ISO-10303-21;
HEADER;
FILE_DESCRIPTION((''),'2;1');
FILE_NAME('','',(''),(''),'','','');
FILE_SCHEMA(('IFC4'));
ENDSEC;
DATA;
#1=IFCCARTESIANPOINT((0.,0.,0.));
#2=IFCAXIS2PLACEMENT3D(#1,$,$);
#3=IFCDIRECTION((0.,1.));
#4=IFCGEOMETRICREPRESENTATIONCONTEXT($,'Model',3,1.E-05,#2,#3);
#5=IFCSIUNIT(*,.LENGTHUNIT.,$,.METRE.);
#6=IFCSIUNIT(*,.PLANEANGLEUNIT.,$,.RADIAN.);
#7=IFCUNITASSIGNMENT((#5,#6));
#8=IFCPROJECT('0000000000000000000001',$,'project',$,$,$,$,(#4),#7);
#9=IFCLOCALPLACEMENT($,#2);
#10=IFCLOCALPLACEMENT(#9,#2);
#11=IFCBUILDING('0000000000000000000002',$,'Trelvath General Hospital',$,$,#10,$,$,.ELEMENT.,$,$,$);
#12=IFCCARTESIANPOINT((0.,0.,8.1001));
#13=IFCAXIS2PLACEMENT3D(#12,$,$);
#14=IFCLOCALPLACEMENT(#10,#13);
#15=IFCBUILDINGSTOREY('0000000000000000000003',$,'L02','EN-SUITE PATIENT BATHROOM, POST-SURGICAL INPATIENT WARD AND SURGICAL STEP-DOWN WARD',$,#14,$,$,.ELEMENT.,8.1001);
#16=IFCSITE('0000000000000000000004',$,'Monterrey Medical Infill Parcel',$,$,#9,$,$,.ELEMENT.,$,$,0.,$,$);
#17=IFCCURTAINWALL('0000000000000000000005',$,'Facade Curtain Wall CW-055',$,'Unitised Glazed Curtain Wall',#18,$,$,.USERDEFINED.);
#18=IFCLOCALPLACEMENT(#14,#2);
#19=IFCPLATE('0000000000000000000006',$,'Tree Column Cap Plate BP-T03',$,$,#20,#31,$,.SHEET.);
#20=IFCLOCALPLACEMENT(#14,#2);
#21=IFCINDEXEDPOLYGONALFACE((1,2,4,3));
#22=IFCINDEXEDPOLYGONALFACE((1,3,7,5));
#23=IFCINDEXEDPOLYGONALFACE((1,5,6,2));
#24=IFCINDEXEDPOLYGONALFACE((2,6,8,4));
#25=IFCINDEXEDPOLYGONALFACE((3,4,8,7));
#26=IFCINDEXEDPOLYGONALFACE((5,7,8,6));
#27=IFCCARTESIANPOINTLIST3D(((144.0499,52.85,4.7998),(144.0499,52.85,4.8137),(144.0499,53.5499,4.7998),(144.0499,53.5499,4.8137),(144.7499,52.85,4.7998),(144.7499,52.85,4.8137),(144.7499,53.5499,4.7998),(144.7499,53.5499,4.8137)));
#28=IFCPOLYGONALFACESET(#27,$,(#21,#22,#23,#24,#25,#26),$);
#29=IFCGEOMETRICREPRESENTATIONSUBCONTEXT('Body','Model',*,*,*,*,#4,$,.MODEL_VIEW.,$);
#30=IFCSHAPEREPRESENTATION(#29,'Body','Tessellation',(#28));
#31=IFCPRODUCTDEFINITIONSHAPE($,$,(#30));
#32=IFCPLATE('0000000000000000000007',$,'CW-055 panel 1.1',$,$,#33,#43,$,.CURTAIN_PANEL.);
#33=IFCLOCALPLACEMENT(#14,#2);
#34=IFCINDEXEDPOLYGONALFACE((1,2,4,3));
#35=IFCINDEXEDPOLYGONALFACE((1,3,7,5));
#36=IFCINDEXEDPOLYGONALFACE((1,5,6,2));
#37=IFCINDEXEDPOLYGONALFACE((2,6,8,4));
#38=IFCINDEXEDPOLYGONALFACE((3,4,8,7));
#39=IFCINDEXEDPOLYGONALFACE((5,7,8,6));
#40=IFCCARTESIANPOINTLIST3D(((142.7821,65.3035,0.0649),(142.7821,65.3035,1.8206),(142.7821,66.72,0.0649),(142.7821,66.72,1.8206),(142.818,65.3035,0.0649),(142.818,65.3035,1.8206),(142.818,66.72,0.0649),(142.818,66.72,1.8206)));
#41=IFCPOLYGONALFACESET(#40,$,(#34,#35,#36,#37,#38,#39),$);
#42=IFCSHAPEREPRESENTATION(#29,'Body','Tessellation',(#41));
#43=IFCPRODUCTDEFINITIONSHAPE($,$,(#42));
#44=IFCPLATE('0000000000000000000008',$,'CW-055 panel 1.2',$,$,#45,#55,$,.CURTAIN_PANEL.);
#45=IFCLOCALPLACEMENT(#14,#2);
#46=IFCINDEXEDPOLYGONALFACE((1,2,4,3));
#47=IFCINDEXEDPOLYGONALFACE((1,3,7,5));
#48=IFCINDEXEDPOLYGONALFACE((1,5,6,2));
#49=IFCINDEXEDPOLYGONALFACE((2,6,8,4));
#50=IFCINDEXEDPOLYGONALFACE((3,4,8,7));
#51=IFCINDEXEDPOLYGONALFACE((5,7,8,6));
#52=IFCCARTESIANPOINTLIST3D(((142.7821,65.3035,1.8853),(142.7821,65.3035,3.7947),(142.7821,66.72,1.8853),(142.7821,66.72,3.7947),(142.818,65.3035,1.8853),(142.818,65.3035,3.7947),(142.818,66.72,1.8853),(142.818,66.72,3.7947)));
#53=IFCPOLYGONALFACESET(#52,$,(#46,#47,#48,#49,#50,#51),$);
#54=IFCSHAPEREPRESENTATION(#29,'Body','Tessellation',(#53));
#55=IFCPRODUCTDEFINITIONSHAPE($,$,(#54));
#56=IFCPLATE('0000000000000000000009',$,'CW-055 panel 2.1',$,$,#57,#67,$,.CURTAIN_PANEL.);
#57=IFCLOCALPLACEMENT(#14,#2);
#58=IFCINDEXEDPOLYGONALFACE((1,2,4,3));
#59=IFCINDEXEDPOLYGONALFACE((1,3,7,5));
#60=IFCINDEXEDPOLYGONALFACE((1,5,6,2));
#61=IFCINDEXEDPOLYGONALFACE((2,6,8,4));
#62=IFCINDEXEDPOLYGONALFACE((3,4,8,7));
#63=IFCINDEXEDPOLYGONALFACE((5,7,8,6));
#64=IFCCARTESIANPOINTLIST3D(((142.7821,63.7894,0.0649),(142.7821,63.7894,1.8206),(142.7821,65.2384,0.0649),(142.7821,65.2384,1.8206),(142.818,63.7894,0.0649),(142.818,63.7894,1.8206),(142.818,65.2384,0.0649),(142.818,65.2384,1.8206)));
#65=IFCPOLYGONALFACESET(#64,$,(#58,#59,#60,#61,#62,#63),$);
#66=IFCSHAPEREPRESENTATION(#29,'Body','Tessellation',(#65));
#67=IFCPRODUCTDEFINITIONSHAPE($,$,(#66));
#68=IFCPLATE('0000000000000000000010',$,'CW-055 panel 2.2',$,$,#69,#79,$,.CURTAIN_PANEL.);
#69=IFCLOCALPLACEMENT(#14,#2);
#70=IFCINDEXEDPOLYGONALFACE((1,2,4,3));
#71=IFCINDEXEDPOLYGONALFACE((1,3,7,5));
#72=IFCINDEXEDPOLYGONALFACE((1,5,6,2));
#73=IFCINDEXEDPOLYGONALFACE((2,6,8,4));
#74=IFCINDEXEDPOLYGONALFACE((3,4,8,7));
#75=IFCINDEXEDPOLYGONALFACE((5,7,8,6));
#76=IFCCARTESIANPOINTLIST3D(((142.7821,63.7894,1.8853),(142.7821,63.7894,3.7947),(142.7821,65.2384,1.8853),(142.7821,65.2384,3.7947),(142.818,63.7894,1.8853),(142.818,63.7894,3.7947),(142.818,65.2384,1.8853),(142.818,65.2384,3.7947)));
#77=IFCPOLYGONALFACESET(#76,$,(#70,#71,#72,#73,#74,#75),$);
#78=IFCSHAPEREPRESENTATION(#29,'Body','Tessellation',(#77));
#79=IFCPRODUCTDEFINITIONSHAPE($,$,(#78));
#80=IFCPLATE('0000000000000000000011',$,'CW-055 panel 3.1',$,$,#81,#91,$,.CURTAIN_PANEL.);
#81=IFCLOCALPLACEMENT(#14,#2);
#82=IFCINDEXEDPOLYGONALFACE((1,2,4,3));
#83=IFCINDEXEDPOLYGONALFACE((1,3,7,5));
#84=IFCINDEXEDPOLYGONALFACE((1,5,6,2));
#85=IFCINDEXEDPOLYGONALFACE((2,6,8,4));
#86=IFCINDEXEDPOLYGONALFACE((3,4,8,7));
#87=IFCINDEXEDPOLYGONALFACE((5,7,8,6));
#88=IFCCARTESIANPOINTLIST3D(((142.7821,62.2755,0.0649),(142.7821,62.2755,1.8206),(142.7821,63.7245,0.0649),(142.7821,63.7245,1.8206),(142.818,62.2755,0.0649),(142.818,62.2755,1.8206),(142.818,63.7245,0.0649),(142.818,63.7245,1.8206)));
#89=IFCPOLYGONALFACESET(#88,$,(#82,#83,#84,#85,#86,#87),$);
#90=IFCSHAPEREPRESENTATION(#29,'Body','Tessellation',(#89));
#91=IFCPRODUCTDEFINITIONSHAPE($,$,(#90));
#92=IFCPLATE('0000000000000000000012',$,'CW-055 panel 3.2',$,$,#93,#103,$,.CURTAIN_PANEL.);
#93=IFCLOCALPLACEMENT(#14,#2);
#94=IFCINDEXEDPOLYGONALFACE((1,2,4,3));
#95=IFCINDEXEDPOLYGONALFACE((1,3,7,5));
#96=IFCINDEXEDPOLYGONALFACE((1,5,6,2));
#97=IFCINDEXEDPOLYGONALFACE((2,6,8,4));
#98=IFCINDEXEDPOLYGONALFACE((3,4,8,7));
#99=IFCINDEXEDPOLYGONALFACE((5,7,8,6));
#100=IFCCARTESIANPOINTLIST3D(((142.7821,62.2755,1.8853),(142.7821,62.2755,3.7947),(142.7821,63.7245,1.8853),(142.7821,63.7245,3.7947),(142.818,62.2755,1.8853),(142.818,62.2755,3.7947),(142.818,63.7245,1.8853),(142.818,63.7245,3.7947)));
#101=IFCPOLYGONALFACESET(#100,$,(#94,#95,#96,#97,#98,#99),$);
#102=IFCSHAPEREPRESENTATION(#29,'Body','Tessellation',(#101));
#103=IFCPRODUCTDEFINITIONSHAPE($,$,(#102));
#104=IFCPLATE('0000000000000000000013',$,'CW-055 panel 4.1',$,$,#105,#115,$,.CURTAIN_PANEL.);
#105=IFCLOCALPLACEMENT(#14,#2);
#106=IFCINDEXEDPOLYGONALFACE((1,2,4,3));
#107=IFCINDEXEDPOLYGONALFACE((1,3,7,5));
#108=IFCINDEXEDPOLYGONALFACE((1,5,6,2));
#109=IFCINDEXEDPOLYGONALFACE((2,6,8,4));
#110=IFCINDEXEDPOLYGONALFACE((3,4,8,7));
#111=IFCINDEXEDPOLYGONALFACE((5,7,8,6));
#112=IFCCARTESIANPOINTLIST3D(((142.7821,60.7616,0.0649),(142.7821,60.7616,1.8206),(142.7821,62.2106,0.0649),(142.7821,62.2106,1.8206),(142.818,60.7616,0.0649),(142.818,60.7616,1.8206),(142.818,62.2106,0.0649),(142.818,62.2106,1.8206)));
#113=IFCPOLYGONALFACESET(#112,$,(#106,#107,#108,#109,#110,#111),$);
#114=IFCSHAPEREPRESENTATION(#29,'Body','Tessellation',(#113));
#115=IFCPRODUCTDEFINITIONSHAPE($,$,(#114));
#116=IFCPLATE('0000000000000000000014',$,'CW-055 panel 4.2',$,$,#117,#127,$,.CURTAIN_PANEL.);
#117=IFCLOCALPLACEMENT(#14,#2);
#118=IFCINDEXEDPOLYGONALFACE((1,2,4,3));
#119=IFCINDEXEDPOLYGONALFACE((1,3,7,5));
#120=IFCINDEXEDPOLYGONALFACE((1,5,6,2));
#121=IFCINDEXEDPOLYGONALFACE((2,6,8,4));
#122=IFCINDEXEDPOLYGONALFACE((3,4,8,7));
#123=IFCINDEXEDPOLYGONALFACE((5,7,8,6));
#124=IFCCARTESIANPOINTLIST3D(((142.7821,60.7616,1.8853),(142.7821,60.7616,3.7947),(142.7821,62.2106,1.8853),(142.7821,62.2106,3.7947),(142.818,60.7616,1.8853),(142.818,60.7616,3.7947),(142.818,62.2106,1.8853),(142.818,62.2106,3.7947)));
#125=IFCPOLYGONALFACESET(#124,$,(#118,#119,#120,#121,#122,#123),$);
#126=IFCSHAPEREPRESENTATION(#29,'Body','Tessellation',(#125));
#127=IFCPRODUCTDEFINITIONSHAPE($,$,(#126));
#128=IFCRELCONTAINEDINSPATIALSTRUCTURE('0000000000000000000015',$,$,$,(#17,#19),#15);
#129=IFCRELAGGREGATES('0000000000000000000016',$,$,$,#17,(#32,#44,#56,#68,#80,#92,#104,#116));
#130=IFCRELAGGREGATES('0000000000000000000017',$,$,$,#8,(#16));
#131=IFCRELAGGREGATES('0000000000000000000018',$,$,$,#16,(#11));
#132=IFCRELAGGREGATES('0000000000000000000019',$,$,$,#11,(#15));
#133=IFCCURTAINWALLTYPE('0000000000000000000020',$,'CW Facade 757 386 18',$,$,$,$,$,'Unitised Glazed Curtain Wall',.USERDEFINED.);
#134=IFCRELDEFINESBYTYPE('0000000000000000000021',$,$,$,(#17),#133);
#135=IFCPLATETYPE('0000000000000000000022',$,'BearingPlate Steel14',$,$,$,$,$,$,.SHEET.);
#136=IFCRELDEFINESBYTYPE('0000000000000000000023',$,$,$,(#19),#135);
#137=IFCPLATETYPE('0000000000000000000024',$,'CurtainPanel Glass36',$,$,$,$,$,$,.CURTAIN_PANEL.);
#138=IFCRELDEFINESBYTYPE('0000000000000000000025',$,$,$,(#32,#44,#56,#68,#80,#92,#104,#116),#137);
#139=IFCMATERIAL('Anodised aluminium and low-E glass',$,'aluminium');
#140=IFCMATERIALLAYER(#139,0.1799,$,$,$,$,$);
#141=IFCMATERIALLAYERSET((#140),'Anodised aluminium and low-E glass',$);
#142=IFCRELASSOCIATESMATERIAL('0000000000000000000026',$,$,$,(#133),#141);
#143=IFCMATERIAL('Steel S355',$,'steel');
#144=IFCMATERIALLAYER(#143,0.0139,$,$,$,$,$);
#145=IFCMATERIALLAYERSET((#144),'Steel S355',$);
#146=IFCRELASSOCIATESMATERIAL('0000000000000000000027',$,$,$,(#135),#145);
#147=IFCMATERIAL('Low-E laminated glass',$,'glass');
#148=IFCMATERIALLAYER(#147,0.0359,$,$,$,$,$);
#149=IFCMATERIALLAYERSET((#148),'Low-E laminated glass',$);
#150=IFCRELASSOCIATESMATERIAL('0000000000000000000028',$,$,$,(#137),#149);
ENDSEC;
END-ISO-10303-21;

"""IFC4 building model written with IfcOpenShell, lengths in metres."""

from ifc_helpers import new_model, si_unit, direction, frame, origin, origin_2d, place, context, subcontext, project, spatial, rectangle, extrude, material, layer, layer_set, type_object, element, aggregate, save


model = new_model("IFC4")

# Units and contexts
model_context = context("Model", 3, precision=1e-05, world=origin(), true_north=direction((0.0, 1.0)))
body_context = subcontext(model_context, "Body", "Model", "MODEL_VIEW")
ifc_project = project(units=[si_unit("LENGTHUNIT", "METRE"), si_unit("PLANEANGLEUNIT", "RADIAN")], contexts=[model_context])

# Site, building, storey
site_placement = place(None, origin())
site = spatial("IfcSite", under=ifc_project, at=site_placement, Name="Monterrey Medical Infill Parcel", CompositionType="ELEMENT", RefElevation=0.0)
building_placement = place(site_placement, origin())
building = spatial("IfcBuilding", under=site, at=building_placement, Name="Trelvath General Hospital", CompositionType="ELEMENT")
storey_placement = place(building_placement, frame((0.0, 0.0, 8.1001)))
storey = spatial("IfcBuildingStorey", under=building, at=storey_placement, Name="L02", Description="EN-SUITE PATIENT BATHROOM, POST-SURGICAL INPATIENT WARD AND SURGICAL STEP-DOWN WARD", CompositionType="ELEMENT", Elevation=8.1001)

# Curtain wall
ifc_material_1 = material(Name="Anodised aluminium and low-E glass", Category="aluminium")
ifc_layer_1 = layer(ifc_material_1, 0.1799)
ifc_layer_set_1 = layer_set([ifc_layer_1], Name="Anodised aluminium and low-E glass")
curtain_wall_type = type_object("IfcCurtainWallType", Name="CW Facade 757 386 18", ElementType="Unitised Glazed Curtain Wall", PredefinedType="USERDEFINED", material=ifc_layer_set_1)
curtain_wall_placement = place(storey_placement, origin())
curtain_wall = element("IfcCurtainWall", 1, at=curtain_wall_placement, inside=storey, type_object=curtain_wall_type, Name="Facade Curtain Wall CW-055", ObjectType="Unitised Glazed Curtain Wall", PredefinedType="USERDEFINED")

# Plates
ifc_material_2 = material(Name="Steel S355", Category="steel")
ifc_layer_2 = layer(ifc_material_2, 0.0139)
ifc_layer_set_2 = layer_set([ifc_layer_2], Name="Steel S355")
plate_type_1 = type_object("IfcPlateType", Name="BearingPlate Steel14", PredefinedType="SHEET", material=ifc_layer_set_2)
plate_1_placement = place(storey_placement, frame((144.3999, 53.2, 4.7998), z_axis=(0.0, 0.0, 1.0), x_axis=(1.0, 0.0, 0.0)))
element("IfcPlate", 2, at=plate_1_placement, inside=storey, type_object=plate_type_1, Name="Tree Column Cap Plate BP-T03", PredefinedType="SHEET", context=body_context, shape_type="SweptSolid", body=[
    extrude(rectangle(XDim=0.7, YDim=0.7, at=origin_2d()), origin(), (0.0, 0.0, 1.0), 0.0139),
])
ifc_material_3 = material(Name="Low-E laminated glass", Category="glass")
ifc_layer_3 = layer(ifc_material_3, 0.0359)
ifc_layer_set_3 = layer_set([ifc_layer_3], Name="Low-E laminated glass")
plate_type_2 = type_object("IfcPlateType", Name="CurtainPanel Glass36", PredefinedType="CURTAIN_PANEL", material=ifc_layer_set_3)
plate_2_placement = place(storey_placement, frame((142.8, 66.0117, 0.0649), z_axis=(0.0, 0.0, 1.0), x_axis=(0.0, -1.0, 0.0)))
plate_2 = element("IfcPlate", 3, at=plate_2_placement, type_object=plate_type_2, Name="CW-055 panel 1.1", PredefinedType="CURTAIN_PANEL", context=body_context, shape_type="SweptSolid", body=[
    extrude(rectangle(XDim=1.4165, YDim=0.0359, at=origin_2d()), origin(), (0.0, 0.0, 1.0), 1.7556),
])
plate_3_placement = place(storey_placement, frame((142.8, 66.0117, 1.8853), z_axis=(0.0, 0.0, 1.0), x_axis=(0.0, -1.0, 0.0)))
plate_3 = element("IfcPlate", 4, at=plate_3_placement, type_object=plate_type_2, Name="CW-055 panel 1.2", PredefinedType="CURTAIN_PANEL", context=body_context, shape_type="SweptSolid", body=[
    extrude(rectangle(XDim=1.4165, YDim=0.0359, at=origin_2d()), origin(), (0.0, 0.0, 1.0), 1.9094),
])
plate_4_placement = place(storey_placement, frame((142.8, 64.5139, 0.0649), z_axis=(0.0, 0.0, 1.0), x_axis=(0.0, -1.0, 0.0)))
plate_4 = element("IfcPlate", 5, at=plate_4_placement, type_object=plate_type_2, Name="CW-055 panel 2.1", PredefinedType="CURTAIN_PANEL", context=body_context, shape_type="SweptSolid", body=[
    extrude(rectangle(XDim=1.449, YDim=0.0359, at=origin_2d()), origin(), (0.0, 0.0, 1.0), 1.7556),
])
plate_5_placement = place(storey_placement, frame((142.8, 64.5139, 1.8853), z_axis=(0.0, 0.0, 1.0), x_axis=(0.0, -1.0, 0.0)))
plate_5 = element("IfcPlate", 6, at=plate_5_placement, type_object=plate_type_2, Name="CW-055 panel 2.2", PredefinedType="CURTAIN_PANEL", context=body_context, shape_type="SweptSolid", body=[
    extrude(rectangle(XDim=1.449, YDim=0.0359, at=origin_2d()), origin(), (0.0, 0.0, 1.0), 1.9094),
])
plate_6_placement = place(storey_placement, frame((142.8, 63.0, 0.0649), z_axis=(0.0, 0.0, 1.0), x_axis=(0.0, -1.0, 0.0)))
plate_6 = element("IfcPlate", 7, at=plate_6_placement, type_object=plate_type_2, Name="CW-055 panel 3.1", PredefinedType="CURTAIN_PANEL", context=body_context, shape_type="SweptSolid", body=[
    extrude(rectangle(XDim=1.449, YDim=0.0359, at=origin_2d()), origin(), (0.0, 0.0, 1.0), 1.7556),
])
plate_7_placement = place(storey_placement, frame((142.8, 63.0, 1.8853), z_axis=(0.0, 0.0, 1.0), x_axis=(0.0, -1.0, 0.0)))
plate_7 = element("IfcPlate", 8, at=plate_7_placement, type_object=plate_type_2, Name="CW-055 panel 3.2", PredefinedType="CURTAIN_PANEL", context=body_context, shape_type="SweptSolid", body=[
    extrude(rectangle(XDim=1.449, YDim=0.0359, at=origin_2d()), origin(), (0.0, 0.0, 1.0), 1.9094),
])
plate_8_placement = place(storey_placement, frame((142.8, 61.4861, 0.0649), z_axis=(0.0, 0.0, 1.0), x_axis=(0.0, -1.0, 0.0)))
plate_8 = element("IfcPlate", 9, at=plate_8_placement, type_object=plate_type_2, Name="CW-055 panel 4.1", PredefinedType="CURTAIN_PANEL", context=body_context, shape_type="SweptSolid", body=[
    extrude(rectangle(XDim=1.449, YDim=0.0359, at=origin_2d()), origin(), (0.0, 0.0, 1.0), 1.7556),
])
plate_9_placement = place(storey_placement, frame((142.8, 61.4861, 1.8853), z_axis=(0.0, 0.0, 1.0), x_axis=(0.0, -1.0, 0.0)))
plate_9 = element("IfcPlate", 10, at=plate_9_placement, type_object=plate_type_2, Name="CW-055 panel 4.2", PredefinedType="CURTAIN_PANEL", context=body_context, shape_type="SweptSolid", body=[
    extrude(rectangle(XDim=1.449, YDim=0.0359, at=origin_2d()), origin(), (0.0, 0.0, 1.0), 1.9094),
])
aggregate(curtain_wall, [plate_2, plate_3, plate_4, plate_5, plate_6, plate_7, plate_8, plate_9])

save(model, "model.ifc")
